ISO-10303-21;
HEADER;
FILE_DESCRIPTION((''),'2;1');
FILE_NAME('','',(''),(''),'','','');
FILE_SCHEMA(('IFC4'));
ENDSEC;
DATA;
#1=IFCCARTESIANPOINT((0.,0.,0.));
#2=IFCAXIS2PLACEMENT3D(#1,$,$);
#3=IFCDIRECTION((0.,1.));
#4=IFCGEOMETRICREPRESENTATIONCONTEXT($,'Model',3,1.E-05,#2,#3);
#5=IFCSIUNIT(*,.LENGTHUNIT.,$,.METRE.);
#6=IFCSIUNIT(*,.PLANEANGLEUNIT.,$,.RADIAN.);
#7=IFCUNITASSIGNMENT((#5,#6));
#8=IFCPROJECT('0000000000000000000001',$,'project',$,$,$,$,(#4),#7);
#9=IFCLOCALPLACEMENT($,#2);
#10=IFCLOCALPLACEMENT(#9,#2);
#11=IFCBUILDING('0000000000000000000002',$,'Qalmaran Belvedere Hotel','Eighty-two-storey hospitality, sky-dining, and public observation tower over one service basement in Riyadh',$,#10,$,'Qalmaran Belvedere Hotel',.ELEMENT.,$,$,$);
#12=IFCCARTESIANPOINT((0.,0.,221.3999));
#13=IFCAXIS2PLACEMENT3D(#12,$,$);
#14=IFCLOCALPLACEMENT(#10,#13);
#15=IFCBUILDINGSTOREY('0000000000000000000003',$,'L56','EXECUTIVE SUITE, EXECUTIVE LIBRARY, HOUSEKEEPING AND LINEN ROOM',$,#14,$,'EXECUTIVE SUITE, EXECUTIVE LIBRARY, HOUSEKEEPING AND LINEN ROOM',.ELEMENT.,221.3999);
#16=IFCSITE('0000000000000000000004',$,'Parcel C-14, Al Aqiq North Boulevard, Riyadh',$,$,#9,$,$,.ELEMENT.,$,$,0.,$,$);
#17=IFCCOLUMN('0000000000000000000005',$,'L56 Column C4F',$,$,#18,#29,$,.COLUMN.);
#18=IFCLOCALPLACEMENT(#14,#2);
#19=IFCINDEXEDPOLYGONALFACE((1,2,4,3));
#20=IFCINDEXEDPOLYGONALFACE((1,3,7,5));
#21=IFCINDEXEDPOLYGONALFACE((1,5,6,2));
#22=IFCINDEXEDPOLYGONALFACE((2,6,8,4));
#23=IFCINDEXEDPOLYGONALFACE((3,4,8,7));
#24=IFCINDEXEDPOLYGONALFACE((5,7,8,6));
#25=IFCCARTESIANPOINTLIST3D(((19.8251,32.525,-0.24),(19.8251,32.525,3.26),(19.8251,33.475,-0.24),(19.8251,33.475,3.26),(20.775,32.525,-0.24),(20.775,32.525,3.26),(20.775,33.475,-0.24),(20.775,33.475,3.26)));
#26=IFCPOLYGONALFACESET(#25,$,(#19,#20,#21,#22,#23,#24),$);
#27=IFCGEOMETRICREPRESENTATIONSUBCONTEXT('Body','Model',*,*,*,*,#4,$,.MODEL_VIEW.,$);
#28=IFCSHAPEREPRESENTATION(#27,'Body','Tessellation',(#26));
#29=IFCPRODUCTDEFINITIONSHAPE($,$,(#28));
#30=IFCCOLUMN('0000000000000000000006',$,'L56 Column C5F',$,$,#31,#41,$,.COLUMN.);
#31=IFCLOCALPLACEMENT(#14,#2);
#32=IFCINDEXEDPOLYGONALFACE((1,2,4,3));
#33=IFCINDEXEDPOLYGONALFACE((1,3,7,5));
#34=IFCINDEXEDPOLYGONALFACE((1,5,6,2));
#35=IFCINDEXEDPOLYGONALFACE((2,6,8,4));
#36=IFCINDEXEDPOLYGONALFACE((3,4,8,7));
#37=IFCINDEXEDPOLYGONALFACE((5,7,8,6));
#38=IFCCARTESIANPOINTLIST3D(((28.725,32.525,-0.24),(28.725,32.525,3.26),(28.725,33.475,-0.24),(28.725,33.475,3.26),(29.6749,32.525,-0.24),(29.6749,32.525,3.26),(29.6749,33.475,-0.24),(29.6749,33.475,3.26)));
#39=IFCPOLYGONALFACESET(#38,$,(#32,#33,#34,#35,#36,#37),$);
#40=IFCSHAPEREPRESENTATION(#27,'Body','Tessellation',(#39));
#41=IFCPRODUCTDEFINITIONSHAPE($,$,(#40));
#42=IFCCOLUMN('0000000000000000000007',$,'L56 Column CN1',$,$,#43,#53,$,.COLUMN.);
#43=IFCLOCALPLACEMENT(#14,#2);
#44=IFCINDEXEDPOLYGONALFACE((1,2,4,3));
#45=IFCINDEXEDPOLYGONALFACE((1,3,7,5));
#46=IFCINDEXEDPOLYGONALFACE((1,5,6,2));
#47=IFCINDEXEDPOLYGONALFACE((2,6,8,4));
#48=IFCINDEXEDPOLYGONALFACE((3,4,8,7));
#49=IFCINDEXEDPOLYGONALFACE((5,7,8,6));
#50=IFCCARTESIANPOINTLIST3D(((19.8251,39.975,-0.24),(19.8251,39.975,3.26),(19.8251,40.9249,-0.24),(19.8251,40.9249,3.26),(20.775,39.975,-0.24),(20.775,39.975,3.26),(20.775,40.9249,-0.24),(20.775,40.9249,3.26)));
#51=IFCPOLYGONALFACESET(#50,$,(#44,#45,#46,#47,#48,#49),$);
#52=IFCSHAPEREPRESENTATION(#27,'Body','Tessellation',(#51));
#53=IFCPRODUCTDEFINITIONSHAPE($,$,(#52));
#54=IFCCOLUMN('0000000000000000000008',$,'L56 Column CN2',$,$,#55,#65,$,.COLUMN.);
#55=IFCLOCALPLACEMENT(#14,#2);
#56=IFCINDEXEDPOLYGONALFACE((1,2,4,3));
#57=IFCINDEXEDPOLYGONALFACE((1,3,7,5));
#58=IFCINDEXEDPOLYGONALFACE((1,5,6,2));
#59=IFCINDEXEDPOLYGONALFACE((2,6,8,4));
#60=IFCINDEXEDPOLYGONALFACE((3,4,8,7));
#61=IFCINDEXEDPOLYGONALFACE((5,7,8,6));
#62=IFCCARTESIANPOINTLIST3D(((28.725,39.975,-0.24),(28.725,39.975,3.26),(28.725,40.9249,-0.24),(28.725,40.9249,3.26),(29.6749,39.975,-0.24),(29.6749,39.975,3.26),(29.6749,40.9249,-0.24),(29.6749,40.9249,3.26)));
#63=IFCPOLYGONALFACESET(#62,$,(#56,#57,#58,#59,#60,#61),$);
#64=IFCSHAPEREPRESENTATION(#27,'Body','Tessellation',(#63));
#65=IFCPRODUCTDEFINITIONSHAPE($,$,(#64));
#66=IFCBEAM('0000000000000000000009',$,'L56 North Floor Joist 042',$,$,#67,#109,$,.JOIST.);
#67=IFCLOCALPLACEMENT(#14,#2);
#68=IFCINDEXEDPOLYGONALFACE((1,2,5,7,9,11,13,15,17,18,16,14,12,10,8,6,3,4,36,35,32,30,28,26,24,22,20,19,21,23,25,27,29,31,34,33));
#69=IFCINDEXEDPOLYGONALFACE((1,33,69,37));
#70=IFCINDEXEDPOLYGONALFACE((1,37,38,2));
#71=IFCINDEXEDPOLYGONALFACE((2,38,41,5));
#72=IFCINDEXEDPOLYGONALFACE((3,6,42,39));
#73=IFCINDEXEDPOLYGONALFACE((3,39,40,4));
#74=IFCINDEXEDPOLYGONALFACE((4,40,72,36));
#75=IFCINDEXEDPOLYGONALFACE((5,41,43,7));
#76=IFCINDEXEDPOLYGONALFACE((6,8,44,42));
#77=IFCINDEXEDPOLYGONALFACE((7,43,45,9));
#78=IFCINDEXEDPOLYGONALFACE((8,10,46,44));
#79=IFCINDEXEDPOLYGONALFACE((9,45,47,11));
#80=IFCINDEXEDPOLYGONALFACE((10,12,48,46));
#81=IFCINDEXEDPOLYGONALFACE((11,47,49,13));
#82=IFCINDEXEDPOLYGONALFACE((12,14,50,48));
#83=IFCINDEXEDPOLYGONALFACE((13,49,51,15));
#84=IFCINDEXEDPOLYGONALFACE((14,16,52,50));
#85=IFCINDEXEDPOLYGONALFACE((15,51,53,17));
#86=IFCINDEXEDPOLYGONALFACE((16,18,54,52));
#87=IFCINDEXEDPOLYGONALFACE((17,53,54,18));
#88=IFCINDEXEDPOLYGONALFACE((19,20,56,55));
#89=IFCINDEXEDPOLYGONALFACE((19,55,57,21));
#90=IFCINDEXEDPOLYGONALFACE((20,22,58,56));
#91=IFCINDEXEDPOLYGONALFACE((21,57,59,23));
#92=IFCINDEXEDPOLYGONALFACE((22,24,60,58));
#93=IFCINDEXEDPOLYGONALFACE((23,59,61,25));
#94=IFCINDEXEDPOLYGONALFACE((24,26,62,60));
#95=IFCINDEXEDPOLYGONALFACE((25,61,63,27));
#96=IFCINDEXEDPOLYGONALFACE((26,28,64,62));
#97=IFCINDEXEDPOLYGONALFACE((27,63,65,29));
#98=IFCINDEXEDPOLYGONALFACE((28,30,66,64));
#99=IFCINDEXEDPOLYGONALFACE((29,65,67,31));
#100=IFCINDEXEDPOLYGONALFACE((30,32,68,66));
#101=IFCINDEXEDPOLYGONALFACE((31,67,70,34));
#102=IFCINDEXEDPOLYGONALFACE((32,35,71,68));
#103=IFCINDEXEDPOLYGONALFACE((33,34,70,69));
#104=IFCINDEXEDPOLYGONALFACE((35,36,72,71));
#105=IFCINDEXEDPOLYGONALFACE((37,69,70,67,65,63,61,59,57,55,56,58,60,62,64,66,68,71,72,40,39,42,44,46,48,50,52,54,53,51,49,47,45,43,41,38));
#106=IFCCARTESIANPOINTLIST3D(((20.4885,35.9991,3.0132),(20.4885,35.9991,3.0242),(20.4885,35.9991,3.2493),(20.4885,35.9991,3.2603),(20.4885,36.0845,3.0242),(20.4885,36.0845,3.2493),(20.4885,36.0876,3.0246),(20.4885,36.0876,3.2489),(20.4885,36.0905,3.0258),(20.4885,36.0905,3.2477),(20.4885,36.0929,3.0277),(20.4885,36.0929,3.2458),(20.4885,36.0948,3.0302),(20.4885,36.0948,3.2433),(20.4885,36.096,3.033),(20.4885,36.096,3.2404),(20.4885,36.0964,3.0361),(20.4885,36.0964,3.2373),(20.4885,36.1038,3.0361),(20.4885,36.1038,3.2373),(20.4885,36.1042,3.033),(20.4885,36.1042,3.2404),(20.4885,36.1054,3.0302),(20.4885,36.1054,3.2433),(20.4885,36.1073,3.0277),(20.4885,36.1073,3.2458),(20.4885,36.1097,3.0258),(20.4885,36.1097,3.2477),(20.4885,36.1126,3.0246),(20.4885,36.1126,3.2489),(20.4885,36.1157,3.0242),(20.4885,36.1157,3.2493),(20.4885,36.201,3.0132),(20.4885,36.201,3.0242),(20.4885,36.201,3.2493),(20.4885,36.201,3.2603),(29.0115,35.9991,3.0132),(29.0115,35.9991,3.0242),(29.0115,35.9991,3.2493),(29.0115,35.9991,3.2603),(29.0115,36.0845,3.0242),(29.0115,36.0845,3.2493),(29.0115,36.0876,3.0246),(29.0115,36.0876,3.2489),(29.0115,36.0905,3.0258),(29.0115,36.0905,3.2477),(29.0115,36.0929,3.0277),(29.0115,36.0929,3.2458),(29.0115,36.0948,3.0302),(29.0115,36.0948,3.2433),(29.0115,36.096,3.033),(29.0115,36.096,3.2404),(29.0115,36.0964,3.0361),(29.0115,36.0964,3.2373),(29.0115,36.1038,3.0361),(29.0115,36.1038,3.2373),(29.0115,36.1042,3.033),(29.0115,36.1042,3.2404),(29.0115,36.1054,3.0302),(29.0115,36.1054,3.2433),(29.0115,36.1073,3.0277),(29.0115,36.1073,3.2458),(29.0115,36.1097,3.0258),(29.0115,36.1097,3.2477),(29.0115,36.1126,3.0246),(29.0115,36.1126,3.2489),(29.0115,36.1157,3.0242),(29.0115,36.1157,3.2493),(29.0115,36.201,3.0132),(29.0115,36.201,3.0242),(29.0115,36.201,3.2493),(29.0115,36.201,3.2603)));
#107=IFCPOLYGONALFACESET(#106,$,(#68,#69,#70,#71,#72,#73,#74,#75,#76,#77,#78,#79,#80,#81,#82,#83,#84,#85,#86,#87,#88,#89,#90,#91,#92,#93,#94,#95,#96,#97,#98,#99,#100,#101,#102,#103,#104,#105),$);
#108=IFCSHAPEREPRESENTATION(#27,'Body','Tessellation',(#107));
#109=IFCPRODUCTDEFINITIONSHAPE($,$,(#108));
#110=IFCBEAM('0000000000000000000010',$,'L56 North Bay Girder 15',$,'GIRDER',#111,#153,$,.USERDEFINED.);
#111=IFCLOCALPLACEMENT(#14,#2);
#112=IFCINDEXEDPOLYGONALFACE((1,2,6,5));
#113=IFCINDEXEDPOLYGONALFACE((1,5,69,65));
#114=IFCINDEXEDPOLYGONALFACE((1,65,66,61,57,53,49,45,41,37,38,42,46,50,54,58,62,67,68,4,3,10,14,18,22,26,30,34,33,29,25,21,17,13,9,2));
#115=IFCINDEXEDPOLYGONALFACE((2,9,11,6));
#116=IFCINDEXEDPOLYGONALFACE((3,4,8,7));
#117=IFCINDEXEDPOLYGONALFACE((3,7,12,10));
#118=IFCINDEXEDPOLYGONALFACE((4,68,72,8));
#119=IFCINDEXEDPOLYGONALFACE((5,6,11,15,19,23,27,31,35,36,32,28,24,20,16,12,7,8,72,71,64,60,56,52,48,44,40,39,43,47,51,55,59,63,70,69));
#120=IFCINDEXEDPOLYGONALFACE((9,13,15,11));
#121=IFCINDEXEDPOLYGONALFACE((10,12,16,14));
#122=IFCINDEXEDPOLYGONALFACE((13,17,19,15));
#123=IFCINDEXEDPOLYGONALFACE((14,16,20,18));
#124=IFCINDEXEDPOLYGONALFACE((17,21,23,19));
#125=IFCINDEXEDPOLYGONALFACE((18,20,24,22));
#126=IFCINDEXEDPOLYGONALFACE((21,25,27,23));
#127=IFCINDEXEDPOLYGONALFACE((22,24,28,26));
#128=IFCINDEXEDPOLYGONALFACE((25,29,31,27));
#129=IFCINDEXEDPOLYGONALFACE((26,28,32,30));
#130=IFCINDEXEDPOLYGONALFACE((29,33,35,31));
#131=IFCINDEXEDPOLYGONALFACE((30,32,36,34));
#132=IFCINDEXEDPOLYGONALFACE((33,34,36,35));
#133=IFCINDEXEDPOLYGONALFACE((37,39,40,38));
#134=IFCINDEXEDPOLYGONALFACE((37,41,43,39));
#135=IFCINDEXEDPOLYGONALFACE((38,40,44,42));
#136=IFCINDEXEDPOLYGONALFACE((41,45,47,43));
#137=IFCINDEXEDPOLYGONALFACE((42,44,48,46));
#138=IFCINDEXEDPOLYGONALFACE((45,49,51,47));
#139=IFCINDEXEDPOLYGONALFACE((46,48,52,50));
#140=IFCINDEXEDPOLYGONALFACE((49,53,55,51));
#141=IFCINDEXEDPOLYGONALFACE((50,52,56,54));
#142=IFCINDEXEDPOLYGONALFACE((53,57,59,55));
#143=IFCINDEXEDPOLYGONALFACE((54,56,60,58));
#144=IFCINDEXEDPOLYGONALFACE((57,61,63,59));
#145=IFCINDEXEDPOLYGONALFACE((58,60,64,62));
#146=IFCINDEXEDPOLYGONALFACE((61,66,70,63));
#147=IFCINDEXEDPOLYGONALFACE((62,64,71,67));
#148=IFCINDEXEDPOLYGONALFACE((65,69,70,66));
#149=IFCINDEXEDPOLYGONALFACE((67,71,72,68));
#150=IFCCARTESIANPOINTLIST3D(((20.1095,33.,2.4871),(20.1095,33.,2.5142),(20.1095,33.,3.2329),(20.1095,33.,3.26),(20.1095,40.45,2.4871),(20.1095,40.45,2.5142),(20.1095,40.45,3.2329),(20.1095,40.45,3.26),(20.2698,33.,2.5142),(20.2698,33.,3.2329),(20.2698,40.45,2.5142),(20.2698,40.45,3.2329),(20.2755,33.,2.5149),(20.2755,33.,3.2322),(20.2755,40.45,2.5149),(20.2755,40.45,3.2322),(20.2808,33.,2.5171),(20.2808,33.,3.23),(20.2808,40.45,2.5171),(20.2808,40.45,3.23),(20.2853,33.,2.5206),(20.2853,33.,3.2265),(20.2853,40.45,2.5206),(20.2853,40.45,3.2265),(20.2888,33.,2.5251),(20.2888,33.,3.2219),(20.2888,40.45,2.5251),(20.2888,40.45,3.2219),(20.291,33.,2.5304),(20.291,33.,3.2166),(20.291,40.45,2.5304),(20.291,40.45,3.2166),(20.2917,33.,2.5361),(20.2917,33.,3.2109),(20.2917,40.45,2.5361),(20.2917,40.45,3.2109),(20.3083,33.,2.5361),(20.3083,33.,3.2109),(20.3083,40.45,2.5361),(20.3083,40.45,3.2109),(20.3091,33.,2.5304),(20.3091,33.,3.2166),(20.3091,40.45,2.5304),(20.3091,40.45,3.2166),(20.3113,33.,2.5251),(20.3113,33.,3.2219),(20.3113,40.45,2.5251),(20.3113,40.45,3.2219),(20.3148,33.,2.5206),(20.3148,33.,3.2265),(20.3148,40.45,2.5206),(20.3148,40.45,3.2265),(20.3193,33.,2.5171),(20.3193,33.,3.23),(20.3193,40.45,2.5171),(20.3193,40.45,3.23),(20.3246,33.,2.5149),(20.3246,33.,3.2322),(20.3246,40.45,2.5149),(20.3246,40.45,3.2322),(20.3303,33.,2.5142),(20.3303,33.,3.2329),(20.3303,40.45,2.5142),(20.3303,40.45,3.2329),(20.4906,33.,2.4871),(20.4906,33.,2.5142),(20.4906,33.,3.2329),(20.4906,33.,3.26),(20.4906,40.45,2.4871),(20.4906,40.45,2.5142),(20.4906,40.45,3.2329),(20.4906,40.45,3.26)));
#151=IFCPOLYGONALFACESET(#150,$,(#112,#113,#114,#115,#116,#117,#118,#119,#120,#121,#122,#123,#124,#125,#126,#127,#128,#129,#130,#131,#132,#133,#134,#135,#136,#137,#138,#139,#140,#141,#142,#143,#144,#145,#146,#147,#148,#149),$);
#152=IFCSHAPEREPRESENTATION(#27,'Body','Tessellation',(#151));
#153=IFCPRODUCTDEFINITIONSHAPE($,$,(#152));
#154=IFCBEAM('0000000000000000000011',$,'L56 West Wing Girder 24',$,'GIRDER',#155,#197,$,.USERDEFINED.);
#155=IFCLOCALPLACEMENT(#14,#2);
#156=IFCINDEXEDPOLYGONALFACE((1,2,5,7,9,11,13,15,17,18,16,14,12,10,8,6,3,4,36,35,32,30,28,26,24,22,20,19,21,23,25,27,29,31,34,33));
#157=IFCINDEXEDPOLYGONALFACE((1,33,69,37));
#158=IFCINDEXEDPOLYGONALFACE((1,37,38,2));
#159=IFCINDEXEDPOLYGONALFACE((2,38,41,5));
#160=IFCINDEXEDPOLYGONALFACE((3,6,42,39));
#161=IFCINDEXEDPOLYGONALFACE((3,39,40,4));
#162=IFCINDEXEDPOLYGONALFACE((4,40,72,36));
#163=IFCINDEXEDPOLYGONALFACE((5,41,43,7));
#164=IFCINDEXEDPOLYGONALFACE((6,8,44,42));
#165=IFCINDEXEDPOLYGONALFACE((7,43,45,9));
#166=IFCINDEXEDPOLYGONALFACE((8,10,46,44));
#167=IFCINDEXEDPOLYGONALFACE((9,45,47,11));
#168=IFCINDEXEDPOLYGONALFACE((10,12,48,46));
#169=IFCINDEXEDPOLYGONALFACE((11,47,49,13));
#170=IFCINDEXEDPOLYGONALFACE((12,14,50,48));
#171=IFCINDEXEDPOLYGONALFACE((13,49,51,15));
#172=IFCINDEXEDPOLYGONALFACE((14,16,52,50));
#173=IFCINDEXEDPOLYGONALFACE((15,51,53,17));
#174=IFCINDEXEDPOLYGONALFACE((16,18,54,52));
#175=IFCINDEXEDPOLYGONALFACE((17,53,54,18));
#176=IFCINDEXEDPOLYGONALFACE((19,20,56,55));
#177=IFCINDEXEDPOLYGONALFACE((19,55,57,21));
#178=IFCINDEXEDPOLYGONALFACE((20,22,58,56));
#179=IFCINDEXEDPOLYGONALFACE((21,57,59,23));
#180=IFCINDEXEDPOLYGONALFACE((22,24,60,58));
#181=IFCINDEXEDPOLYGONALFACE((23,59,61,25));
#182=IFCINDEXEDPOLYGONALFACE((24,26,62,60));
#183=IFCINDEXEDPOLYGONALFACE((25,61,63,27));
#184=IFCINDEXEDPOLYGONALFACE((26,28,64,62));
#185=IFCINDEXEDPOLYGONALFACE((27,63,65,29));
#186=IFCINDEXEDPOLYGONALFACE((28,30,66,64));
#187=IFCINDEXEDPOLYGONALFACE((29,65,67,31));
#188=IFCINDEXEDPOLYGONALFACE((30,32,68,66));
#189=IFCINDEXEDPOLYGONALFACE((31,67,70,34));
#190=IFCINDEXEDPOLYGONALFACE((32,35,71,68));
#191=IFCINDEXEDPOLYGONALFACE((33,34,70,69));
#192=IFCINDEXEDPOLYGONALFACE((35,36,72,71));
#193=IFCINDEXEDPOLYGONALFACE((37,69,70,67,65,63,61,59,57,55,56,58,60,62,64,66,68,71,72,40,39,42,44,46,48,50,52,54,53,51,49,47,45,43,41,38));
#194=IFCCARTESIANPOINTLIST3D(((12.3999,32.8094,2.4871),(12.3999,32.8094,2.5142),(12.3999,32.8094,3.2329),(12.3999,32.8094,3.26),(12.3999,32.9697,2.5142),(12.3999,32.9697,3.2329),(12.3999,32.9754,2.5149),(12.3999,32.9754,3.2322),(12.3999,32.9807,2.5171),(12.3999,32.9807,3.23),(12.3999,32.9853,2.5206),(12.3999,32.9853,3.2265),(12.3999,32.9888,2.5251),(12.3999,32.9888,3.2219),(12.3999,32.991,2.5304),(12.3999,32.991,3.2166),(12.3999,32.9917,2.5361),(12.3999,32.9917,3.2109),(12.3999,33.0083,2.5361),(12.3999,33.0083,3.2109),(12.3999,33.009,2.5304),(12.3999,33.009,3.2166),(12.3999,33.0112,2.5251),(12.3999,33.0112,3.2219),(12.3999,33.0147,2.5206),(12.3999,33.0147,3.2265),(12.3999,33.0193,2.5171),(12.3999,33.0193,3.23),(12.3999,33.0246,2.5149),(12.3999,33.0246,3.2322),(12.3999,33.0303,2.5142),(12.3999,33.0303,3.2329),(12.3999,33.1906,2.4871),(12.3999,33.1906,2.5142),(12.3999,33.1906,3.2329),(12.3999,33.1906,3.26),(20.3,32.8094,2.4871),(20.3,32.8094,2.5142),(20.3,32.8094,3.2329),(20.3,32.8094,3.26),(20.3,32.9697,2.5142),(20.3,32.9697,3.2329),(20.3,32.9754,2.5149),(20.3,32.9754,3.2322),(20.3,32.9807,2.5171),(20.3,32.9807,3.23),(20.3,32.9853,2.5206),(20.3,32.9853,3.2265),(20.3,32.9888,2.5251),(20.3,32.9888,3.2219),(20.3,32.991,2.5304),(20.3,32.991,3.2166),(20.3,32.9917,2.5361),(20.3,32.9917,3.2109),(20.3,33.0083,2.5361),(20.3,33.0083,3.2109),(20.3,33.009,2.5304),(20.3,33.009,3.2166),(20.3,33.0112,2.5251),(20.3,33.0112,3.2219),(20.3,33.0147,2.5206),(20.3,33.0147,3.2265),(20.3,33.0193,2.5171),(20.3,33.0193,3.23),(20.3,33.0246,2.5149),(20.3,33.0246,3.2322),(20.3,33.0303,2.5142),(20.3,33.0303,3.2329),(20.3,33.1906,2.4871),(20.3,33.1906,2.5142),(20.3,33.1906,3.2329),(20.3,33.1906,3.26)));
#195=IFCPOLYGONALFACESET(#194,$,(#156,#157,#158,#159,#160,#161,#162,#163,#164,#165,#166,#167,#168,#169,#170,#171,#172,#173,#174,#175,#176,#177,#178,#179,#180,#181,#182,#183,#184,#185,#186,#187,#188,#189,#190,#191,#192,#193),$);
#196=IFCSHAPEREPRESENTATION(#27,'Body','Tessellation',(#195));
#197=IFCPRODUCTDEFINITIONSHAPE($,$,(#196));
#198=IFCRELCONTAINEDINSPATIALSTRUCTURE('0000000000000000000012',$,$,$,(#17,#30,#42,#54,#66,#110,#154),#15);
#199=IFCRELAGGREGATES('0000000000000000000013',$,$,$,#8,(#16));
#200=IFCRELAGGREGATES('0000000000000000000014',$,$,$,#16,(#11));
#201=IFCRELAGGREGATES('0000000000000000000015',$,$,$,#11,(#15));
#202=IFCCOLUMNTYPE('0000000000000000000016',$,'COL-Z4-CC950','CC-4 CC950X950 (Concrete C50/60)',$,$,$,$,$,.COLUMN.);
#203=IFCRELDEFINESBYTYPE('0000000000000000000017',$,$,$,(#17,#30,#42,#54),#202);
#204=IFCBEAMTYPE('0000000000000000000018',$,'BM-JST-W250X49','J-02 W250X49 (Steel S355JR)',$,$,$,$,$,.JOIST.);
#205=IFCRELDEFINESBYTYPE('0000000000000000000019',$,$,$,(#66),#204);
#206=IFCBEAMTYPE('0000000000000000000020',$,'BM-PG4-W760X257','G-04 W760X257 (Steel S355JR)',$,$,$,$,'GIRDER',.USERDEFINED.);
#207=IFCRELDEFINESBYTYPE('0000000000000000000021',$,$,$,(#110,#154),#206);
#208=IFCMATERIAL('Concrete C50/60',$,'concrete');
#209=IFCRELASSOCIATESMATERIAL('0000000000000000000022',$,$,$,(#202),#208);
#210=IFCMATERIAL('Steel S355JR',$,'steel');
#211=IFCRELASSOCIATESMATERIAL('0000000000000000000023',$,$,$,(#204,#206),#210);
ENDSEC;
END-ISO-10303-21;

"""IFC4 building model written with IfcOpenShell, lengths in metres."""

from ifc_helpers import new_model, si_unit, direction, frame, origin, origin_2d, place, context, subcontext, project, spatial, rectangle, i_section, extrude, material, material_profile, profile_set, type_object, element, save


model = new_model("IFC4")

# Units and contexts
model_context = context("Model", 3, precision=1e-05, world=origin(), true_north=direction((0.0, 1.0)))
body_context = subcontext(model_context, "Body", "Model", "MODEL_VIEW")
ifc_project = project(units=[si_unit("LENGTHUNIT", "METRE"), si_unit("PLANEANGLEUNIT", "RADIAN")], contexts=[model_context])

# Site, building, storey
site_placement = place(None, origin())
site = spatial("IfcSite", under=ifc_project, at=site_placement, Name="Parcel C-14, Al Aqiq North Boulevard, Riyadh", CompositionType="ELEMENT", RefElevation=0.0)
building_placement = place(site_placement, origin())
building = spatial("IfcBuilding", under=site, at=building_placement, Name="Qalmaran Belvedere Hotel", Description="Eighty-two-storey hospitality, sky-dining, and public observation tower over one service basement in Riyadh", LongName="Qalmaran Belvedere Hotel", CompositionType="ELEMENT")
storey_placement = place(building_placement, frame((0.0, 0.0, 221.3999)))
storey = spatial("IfcBuildingStorey", under=building, at=storey_placement, Name="L56", Description="EXECUTIVE SUITE, EXECUTIVE LIBRARY, HOUSEKEEPING AND LINEN ROOM", LongName="EXECUTIVE SUITE, EXECUTIVE LIBRARY, HOUSEKEEPING AND LINEN ROOM", CompositionType="ELEMENT", Elevation=221.3999)

# Columns
ifc_material_1 = material(Name="Concrete C50/60", Category="concrete")
ifc_material_profile_1 = material_profile(ifc_material_1, rectangle(XDim=0.95, YDim=0.95, at=origin_2d()), Name="CC950X950")
ifc_profile_set_1 = profile_set([ifc_material_profile_1], Name="Concrete C50/60")
column_type = type_object("IfcColumnType", Name="COL-Z4-CC950", Description="CC-4 CC950X950 (Concrete C50/60)", PredefinedType="COLUMN", material=ifc_profile_set_1)
for number, where, z_axis, x_axis, name in (
    (1, (20.3, 33.0, -0.24), (0.0, 0.0, 1.0), (1.0, 0.0, 0.0), "L56 Column C4F"),
    (2, (29.2, 33.0, -0.24), (0.0, 0.0, 1.0), (1.0, 0.0, 0.0), "L56 Column C5F"),
    (3, (20.3, 40.45, -0.24), (0.0, 0.0, 1.0), (1.0, 0.0, 0.0), "L56 Column CN1"),
    (4, (29.2, 40.45, -0.24), (0.0, 0.0, 1.0), (1.0, 0.0, 0.0), "L56 Column CN2"),
):
    element("IfcColumn", number, at=place(storey_placement, frame(where, z_axis=z_axis, x_axis=x_axis)), inside=storey, type_object=column_type, Name=name, PredefinedType="COLUMN", context=body_context, shape_type="SweptSolid", body=[
        extrude(rectangle(XDim=0.95, YDim=0.95, at=origin_2d()), origin(), (0.0, 0.0, 1.0), 3.5),
    ])

# Beams
ifc_material_2 = material(Name="Steel S355JR", Category="steel")
ifc_material_profile_2 = material_profile(ifc_material_2, i_section(OverallWidth=0.2019, OverallDepth=0.2471, WebThickness=0.0073, FlangeThickness=0.011, FilletRadius=0.012, at=origin_2d()), Name="W250X49")
ifc_profile_set_2 = profile_set([ifc_material_profile_2], Name="Steel S355JR")
beam_type_1 = type_object("IfcBeamType", Name="BM-JST-W250X49", Description="J-02 W250X49 (Steel S355JR)", PredefinedType="JOIST", material=ifc_profile_set_2)
beam_1_placement = place(storey_placement, frame((20.4885, 36.1001, 3.1367), z_axis=(1.0, 0.0, 0.0), x_axis=(0.0, 1.0, 0.0)))
element("IfcBeam", 5, at=beam_1_placement, inside=storey, type_object=beam_type_1, Name="L56 North Floor Joist 042", PredefinedType="JOIST", context=body_context, shape_type="SweptSolid", body=[
    extrude(i_section(OverallWidth=0.2019, OverallDepth=0.2471, WebThickness=0.0073, FlangeThickness=0.011, FilletRadius=0.012, at=origin_2d()), origin(), (0.0, 0.0, 1.0), 8.5229),
])
ifc_material_profile_3 = material_profile(ifc_material_2, i_section(OverallWidth=0.3811, OverallDepth=0.7729, WebThickness=0.0166, FlangeThickness=0.0271, FilletRadius=0.022, at=origin_2d()), Name="W760X257")
ifc_profile_set_3 = profile_set([ifc_material_profile_3], Name="Steel S355JR")
beam_type_2 = type_object("IfcBeamType", Name="BM-PG4-W760X257", Description="G-04 W760X257 (Steel S355JR)", ElementType="GIRDER", PredefinedType="USERDEFINED", material=ifc_profile_set_3)
beam_2_placement = place(storey_placement, frame((20.3, 33.0, 2.8735), z_axis=(0.0, 1.0, 0.0), x_axis=(-1.0, 0.0, 0.0)))
element("IfcBeam", 6, at=beam_2_placement, inside=storey, type_object=beam_type_2, Name="L56 North Bay Girder 15", ObjectType="GIRDER", PredefinedType="USERDEFINED", context=body_context, shape_type="SweptSolid", body=[
    extrude(i_section(OverallWidth=0.3811, OverallDepth=0.7729, WebThickness=0.0166, FlangeThickness=0.0271, FilletRadius=0.022, at=origin_2d()), origin(), (0.0, 0.0, 1.0), 7.45),
])
beam_3_placement = place(storey_placement, frame((12.3999, 33.0, 2.8735), z_axis=(1.0, 0.0, 0.0), x_axis=(0.0, 1.0, 0.0)))
element("IfcBeam", 7, at=beam_3_placement, inside=storey, type_object=beam_type_2, Name="L56 West Wing Girder 24", ObjectType="GIRDER", PredefinedType="USERDEFINED", context=body_context, shape_type="SweptSolid", body=[
    extrude(i_section(OverallWidth=0.3811, OverallDepth=0.7729, WebThickness=0.0166, FlangeThickness=0.0271, FilletRadius=0.022, at=origin_2d()), origin(), (0.0, 0.0, 1.0), 7.9001),
])

save(model, "model.ifc")
